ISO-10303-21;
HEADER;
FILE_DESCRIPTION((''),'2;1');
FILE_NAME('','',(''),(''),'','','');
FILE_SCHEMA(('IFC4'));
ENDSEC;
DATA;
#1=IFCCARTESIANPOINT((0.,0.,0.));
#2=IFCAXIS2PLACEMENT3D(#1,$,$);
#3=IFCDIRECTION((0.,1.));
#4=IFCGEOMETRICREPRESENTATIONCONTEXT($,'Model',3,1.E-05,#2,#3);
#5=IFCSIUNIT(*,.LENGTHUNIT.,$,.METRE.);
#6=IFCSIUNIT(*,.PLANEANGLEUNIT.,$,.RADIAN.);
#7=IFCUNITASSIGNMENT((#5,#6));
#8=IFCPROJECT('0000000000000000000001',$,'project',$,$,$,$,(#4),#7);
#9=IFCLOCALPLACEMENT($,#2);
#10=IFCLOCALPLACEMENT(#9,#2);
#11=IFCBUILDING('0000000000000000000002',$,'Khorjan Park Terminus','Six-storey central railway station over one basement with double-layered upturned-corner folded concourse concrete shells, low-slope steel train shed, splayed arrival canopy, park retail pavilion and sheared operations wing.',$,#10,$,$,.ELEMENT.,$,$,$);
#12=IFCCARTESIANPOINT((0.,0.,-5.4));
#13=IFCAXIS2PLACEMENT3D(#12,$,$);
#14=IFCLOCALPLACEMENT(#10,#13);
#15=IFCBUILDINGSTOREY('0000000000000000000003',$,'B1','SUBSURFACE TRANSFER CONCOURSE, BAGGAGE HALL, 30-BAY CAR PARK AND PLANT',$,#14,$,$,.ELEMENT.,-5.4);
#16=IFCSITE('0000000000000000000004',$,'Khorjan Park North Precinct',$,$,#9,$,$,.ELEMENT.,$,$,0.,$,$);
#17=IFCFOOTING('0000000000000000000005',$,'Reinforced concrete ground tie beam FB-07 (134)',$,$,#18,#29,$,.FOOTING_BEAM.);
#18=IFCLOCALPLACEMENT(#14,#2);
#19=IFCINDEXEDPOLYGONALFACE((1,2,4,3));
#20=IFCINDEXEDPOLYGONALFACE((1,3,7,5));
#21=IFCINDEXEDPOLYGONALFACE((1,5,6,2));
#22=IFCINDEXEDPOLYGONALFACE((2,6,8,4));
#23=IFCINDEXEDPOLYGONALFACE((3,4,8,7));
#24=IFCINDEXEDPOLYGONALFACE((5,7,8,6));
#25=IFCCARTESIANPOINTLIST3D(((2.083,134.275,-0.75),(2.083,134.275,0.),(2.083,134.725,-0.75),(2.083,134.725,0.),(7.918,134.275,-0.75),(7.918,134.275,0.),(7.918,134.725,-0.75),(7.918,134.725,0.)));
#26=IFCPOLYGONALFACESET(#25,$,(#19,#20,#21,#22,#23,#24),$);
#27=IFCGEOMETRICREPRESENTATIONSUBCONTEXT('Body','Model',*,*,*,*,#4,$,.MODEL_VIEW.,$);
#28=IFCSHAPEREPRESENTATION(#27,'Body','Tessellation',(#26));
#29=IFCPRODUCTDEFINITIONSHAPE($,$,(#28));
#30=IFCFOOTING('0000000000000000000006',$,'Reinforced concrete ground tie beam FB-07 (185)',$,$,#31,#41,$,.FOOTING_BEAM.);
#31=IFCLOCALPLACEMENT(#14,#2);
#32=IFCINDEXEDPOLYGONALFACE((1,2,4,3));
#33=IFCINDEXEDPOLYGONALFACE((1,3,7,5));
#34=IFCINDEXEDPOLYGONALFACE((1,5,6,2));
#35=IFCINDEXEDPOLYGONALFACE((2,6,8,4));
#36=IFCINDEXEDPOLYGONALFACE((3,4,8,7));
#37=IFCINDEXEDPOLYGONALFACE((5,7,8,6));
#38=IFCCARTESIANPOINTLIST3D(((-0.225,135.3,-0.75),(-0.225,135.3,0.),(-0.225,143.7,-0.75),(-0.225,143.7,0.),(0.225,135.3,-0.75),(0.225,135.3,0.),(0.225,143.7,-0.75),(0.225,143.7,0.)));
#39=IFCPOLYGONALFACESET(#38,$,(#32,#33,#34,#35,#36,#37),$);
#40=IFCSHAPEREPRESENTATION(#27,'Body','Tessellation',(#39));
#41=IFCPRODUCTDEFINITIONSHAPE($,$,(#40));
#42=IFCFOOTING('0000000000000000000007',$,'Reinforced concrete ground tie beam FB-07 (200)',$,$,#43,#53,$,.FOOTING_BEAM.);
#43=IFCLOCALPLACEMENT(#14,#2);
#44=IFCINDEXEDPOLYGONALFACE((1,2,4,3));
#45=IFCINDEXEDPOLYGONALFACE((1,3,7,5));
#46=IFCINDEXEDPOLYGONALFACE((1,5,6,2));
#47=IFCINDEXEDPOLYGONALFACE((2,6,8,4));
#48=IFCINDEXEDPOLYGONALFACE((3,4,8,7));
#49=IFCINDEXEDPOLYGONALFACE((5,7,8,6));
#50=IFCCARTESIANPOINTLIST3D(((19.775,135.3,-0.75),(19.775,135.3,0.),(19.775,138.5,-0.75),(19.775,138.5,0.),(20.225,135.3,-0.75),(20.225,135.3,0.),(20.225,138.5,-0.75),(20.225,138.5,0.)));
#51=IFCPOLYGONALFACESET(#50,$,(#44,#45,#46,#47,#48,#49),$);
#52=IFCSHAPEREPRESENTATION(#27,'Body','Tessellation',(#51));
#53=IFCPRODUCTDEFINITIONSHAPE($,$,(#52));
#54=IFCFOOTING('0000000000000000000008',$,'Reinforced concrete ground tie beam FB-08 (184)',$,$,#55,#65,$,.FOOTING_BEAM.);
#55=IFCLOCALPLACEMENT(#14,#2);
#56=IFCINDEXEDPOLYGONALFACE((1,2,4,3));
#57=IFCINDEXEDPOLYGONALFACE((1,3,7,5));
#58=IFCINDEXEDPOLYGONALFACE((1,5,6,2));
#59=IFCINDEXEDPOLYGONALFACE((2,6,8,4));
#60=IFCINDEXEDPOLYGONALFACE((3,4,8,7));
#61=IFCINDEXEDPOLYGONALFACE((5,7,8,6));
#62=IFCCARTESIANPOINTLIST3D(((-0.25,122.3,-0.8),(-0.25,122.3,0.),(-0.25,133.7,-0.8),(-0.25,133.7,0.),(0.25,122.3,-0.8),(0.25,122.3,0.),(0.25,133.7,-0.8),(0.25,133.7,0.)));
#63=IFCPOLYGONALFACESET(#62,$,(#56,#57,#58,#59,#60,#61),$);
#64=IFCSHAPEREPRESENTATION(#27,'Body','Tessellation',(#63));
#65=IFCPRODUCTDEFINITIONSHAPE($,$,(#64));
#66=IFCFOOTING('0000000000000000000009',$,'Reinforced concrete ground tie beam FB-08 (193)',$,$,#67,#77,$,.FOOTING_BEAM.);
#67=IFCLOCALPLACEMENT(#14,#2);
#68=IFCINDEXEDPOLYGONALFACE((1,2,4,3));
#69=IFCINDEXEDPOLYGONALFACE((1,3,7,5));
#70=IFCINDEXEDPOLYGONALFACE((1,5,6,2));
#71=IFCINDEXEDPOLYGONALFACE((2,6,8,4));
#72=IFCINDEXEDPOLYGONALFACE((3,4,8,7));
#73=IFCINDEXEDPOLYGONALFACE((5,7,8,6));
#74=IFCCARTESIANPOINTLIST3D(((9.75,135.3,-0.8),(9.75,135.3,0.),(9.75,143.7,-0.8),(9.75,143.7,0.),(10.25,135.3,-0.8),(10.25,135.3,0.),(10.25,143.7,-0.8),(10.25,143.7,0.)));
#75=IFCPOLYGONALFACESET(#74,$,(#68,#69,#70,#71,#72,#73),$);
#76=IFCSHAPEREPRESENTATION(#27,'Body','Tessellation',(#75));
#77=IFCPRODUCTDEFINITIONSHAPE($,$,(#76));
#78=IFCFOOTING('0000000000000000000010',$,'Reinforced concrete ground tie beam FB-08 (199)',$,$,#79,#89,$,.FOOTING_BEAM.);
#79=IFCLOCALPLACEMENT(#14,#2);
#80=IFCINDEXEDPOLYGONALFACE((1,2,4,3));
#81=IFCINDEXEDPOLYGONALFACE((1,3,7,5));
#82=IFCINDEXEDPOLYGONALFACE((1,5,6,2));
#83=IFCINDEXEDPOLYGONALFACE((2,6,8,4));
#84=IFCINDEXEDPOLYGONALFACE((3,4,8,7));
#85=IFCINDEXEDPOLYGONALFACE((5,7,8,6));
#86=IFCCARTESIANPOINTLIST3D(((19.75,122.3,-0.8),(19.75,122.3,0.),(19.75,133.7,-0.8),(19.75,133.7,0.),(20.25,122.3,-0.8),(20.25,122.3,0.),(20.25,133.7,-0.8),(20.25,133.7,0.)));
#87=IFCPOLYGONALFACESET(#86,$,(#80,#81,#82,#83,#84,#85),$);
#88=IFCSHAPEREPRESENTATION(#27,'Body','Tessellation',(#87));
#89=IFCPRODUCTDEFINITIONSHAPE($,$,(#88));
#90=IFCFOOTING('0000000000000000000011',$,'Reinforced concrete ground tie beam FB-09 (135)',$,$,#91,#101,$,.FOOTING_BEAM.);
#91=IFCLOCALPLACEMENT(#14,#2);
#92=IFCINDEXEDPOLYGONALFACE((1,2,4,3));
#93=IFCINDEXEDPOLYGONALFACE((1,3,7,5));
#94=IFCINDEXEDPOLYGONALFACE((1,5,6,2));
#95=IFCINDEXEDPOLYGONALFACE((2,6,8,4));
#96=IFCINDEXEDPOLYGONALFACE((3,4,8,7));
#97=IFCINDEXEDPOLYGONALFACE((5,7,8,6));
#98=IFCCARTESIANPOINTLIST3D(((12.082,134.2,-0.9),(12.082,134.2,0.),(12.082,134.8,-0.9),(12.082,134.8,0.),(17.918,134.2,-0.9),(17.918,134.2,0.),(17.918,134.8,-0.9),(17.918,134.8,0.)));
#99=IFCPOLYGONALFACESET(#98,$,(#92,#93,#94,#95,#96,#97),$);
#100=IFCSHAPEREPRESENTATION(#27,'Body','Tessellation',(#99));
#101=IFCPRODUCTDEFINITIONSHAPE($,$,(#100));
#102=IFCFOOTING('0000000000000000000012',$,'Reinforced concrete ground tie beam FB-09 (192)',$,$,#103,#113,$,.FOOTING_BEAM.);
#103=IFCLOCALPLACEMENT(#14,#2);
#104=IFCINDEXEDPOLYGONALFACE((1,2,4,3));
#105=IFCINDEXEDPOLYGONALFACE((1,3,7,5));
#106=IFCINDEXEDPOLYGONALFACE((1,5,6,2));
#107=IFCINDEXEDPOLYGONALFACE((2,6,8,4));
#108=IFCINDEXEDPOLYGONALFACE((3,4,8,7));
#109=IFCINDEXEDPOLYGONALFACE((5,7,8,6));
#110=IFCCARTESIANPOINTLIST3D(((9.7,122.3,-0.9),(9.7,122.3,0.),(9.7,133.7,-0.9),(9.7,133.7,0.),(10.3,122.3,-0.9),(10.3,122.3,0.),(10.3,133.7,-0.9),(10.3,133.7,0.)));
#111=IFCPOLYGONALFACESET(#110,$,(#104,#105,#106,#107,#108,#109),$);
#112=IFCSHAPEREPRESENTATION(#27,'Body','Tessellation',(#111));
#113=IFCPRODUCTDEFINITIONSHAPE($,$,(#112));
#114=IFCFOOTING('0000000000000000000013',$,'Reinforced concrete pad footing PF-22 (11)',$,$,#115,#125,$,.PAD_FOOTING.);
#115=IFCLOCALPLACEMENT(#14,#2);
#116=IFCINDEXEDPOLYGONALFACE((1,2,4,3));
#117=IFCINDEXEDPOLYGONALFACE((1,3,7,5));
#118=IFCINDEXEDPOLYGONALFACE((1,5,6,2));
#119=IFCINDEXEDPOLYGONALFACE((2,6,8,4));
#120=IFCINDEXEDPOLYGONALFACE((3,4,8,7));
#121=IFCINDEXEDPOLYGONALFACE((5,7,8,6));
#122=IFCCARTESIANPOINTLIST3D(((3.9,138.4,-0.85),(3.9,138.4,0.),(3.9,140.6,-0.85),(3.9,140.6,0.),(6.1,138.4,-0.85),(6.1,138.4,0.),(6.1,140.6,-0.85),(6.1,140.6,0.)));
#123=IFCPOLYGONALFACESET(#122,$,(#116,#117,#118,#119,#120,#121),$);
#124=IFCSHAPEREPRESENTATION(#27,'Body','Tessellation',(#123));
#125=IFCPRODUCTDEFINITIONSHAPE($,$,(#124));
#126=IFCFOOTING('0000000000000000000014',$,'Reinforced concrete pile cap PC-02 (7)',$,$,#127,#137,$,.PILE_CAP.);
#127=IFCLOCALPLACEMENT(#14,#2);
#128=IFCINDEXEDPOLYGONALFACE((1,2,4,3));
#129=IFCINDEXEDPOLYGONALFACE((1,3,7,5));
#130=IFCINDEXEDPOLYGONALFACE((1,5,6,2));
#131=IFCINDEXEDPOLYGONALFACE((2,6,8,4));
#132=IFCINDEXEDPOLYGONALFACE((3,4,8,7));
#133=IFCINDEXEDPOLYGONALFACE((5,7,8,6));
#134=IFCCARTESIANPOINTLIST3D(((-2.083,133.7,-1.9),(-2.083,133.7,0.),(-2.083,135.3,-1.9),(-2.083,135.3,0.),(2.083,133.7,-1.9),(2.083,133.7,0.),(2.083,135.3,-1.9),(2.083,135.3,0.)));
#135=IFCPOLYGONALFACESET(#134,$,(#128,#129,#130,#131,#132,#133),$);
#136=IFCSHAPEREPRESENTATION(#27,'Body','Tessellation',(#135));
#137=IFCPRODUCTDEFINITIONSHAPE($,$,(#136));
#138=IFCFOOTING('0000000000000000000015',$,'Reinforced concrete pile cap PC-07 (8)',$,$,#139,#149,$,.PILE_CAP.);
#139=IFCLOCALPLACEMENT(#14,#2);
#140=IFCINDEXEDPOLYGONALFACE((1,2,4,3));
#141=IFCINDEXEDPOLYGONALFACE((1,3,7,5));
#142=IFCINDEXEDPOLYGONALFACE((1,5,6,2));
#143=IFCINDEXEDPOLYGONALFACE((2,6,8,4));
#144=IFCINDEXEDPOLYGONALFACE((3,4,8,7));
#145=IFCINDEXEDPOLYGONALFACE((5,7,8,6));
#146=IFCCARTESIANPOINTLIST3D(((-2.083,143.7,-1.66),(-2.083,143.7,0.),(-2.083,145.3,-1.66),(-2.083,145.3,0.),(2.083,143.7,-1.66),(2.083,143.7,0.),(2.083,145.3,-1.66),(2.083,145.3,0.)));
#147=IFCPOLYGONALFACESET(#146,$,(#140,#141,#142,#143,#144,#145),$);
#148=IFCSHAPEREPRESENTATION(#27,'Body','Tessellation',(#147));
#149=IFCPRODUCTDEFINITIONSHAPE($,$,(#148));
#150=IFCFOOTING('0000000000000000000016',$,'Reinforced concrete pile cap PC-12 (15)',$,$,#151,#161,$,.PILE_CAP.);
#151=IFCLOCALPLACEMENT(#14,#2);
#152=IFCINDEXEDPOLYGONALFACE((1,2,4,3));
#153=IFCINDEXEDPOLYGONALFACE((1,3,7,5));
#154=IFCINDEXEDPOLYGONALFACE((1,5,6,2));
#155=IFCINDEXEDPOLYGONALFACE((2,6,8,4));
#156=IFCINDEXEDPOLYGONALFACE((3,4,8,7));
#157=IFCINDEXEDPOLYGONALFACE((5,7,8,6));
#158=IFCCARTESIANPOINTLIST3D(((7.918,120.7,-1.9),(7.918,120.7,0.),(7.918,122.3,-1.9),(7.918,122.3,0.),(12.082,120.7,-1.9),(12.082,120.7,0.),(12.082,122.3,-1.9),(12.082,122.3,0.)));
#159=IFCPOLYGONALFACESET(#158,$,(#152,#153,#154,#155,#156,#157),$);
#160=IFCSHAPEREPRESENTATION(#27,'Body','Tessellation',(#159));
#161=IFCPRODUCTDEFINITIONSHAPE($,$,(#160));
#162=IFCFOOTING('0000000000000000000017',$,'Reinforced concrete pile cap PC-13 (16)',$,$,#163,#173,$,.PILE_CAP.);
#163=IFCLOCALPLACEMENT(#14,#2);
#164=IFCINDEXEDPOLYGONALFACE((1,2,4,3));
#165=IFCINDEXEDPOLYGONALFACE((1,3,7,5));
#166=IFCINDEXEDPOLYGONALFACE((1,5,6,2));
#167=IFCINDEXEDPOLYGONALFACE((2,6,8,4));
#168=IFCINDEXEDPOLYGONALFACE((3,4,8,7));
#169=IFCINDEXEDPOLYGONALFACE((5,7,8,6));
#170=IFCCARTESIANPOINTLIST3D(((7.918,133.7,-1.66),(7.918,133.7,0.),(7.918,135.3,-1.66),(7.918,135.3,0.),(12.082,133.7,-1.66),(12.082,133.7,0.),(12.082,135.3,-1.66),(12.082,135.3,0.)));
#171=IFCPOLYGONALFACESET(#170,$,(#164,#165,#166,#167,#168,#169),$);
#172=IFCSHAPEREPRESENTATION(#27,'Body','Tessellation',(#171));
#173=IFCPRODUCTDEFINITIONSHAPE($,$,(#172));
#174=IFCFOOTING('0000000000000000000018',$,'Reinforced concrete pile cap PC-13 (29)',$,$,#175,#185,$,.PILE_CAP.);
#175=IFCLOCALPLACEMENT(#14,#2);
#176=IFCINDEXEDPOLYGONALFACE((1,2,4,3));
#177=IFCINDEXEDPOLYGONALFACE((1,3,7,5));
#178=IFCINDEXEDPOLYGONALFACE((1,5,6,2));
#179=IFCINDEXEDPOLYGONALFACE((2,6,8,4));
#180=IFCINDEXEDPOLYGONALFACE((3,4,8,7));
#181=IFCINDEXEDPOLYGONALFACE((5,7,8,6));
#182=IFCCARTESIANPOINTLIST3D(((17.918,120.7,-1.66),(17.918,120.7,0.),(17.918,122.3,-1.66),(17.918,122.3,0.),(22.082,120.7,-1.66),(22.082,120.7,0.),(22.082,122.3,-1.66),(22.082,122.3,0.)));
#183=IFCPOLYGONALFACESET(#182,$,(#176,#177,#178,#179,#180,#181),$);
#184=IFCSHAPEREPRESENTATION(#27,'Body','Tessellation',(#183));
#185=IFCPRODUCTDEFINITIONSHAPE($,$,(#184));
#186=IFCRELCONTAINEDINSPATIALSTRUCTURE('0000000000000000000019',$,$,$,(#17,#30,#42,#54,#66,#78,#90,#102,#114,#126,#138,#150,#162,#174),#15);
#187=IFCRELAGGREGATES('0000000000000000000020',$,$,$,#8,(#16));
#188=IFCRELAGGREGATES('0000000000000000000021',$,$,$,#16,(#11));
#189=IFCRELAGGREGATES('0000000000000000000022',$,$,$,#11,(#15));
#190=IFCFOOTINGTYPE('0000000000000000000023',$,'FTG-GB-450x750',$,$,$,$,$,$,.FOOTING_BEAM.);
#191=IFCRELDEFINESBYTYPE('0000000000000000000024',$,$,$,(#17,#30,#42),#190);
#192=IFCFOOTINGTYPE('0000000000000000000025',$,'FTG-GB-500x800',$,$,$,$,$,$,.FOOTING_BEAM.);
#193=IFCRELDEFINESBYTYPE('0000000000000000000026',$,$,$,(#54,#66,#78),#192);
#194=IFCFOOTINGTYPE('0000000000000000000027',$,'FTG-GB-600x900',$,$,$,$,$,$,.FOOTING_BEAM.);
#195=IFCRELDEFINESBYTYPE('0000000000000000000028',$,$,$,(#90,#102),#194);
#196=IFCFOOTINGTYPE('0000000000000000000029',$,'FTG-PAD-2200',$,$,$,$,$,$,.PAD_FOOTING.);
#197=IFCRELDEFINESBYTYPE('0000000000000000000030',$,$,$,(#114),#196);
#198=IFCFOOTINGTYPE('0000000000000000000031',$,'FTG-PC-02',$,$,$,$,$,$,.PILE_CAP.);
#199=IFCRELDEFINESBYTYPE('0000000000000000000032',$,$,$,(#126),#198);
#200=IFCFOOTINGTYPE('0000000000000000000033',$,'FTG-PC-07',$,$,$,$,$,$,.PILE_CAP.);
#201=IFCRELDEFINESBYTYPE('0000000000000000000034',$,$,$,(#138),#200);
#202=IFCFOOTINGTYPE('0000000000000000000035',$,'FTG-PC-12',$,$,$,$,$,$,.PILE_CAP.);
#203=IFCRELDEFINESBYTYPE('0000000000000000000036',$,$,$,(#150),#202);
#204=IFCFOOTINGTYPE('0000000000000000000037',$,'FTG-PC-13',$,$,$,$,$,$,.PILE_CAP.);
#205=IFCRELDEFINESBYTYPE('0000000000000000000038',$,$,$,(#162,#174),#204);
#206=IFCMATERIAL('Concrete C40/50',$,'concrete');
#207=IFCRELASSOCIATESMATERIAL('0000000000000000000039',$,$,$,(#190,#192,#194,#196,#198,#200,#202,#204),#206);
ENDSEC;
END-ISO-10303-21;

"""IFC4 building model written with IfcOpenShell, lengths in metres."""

from ifc_helpers import new_model, si_unit, direction, frame, origin, origin_2d, place, context, subcontext, project, spatial, rectangle, extrude, material, material_profile, profile_set, type_object, element, save


model = new_model("IFC4")

# Units and contexts
model_context = context("Model", 3, precision=1e-05, world=origin(), true_north=direction((0.0, 1.0)))
body_context = subcontext(model_context, "Body", "Model", "MODEL_VIEW")
ifc_project = project(units=[si_unit("LENGTHUNIT", "METRE"), si_unit("PLANEANGLEUNIT", "RADIAN")], contexts=[model_context])

# Site, building, storey
site_placement = place(None, origin())
site = spatial("IfcSite", under=ifc_project, at=site_placement, Name="Khorjan Park North Precinct", CompositionType="ELEMENT", RefElevation=0.0)
building_placement = place(site_placement, origin())
building = spatial("IfcBuilding", under=site, at=building_placement, Name="Khorjan Park Terminus", Description="Six-storey central railway station over one basement with double-layered upturned-corner folded concourse concrete shells, low-slope steel train shed, splayed arrival canopy, park retail pavilion and sheared operations wing.", CompositionType="ELEMENT")
storey_placement = place(building_placement, frame((0.0, 0.0, -5.4)))
storey = spatial("IfcBuildingStorey", under=building, at=storey_placement, Name="B1", Description="SUBSURFACE TRANSFER CONCOURSE, BAGGAGE HALL, 30-BAY CAR PARK AND PLANT", CompositionType="ELEMENT", Elevation=-5.4)

# Footings
ifc_material = material(Name="Concrete C40/50", Category="concrete")
ifc_material_profile_1 = material_profile(ifc_material, rectangle(XDim=0.45, YDim=0.75, at=origin_2d()), Name="RC 450x750")
ifc_profile_set_1 = profile_set([ifc_material_profile_1], Name="Concrete C40/50")
footing_type_1 = type_object("IfcFootingType", Name="FTG-GB-450x750", PredefinedType="FOOTING_BEAM", material=ifc_profile_set_1)
footing_1_placement = place(storey_placement, frame((2.083, 134.5, -0.375), z_axis=(1.0, 0.0, 0.0), x_axis=(0.0, 1.0, 0.0)))
element("IfcFooting", 1, at=footing_1_placement, inside=storey, type_object=footing_type_1, Name="Reinforced concrete ground tie beam FB-07 (134)", PredefinedType="FOOTING_BEAM", context=body_context, shape_type="SweptSolid", body=[
    extrude(rectangle(XDim=0.45, YDim=0.75, at=origin_2d()), origin(), (0.0, 0.0, 1.0), 5.835),
])
footing_2_placement = place(storey_placement, frame((0.0, 135.3, -0.375), z_axis=(0.0, 1.0, 0.0), x_axis=(-1.0, 0.0, 0.0)))
element("IfcFooting", 2, at=footing_2_placement, inside=storey, type_object=footing_type_1, Name="Reinforced concrete ground tie beam FB-07 (185)", PredefinedType="FOOTING_BEAM", context=body_context, shape_type="SweptSolid", body=[
    extrude(rectangle(XDim=0.45, YDim=0.75, at=origin_2d()), origin(), (0.0, 0.0, 1.0), 8.4),
])
footing_3_placement = place(storey_placement, frame((20.0, 135.3, -0.375), z_axis=(0.0, 1.0, 0.0), x_axis=(-1.0, 0.0, 0.0)))
element("IfcFooting", 3, at=footing_3_placement, inside=storey, type_object=footing_type_1, Name="Reinforced concrete ground tie beam FB-07 (200)", PredefinedType="FOOTING_BEAM", context=body_context, shape_type="SweptSolid", body=[
    extrude(rectangle(XDim=0.45, YDim=0.75, at=origin_2d()), origin(), (0.0, 0.0, 1.0), 3.2),
])
ifc_material_profile_2 = material_profile(ifc_material, rectangle(XDim=0.5, YDim=0.8, at=origin_2d()), Name="RC 500x800")
ifc_profile_set_2 = profile_set([ifc_material_profile_2], Name="Concrete C40/50")
footing_type_2 = type_object("IfcFootingType", Name="FTG-GB-500x800", PredefinedType="FOOTING_BEAM", material=ifc_profile_set_2)
footing_4_placement = place(storey_placement, frame((0.0, 122.3, -0.4), z_axis=(0.0, 1.0, 0.0), x_axis=(-1.0, 0.0, 0.0)))
element("IfcFooting", 4, at=footing_4_placement, inside=storey, type_object=footing_type_2, Name="Reinforced concrete ground tie beam FB-08 (184)", PredefinedType="FOOTING_BEAM", context=body_context, shape_type="SweptSolid", body=[
    extrude(rectangle(XDim=0.5, YDim=0.8, at=origin_2d()), origin(), (0.0, 0.0, 1.0), 11.4),
])
footing_5_placement = place(storey_placement, frame((10.0, 135.3, -0.4), z_axis=(0.0, 1.0, 0.0), x_axis=(-1.0, 0.0, 0.0)))
element("IfcFooting", 5, at=footing_5_placement, inside=storey, type_object=footing_type_2, Name="Reinforced concrete ground tie beam FB-08 (193)", PredefinedType="FOOTING_BEAM", context=body_context, shape_type="SweptSolid", body=[
    extrude(rectangle(XDim=0.5, YDim=0.8, at=origin_2d()), origin(), (0.0, 0.0, 1.0), 8.4),
])
footing_6_placement = place(storey_placement, frame((20.0, 122.3, -0.4), z_axis=(0.0, 1.0, 0.0), x_axis=(-1.0, 0.0, 0.0)))
element("IfcFooting", 6, at=footing_6_placement, inside=storey, type_object=footing_type_2, Name="Reinforced concrete ground tie beam FB-08 (199)", PredefinedType="FOOTING_BEAM", context=body_context, shape_type="SweptSolid", body=[
    extrude(rectangle(XDim=0.5, YDim=0.8, at=origin_2d()), origin(), (0.0, 0.0, 1.0), 11.4),
])
ifc_material_profile_3 = material_profile(ifc_material, rectangle(XDim=0.6, YDim=0.9, at=origin_2d()), Name="RC 600x900")
ifc_profile_set_3 = profile_set([ifc_material_profile_3], Name="Concrete C40/50")
footing_type_3 = type_object("IfcFootingType", Name="FTG-GB-600x900", PredefinedType="FOOTING_BEAM", material=ifc_profile_set_3)
footing_7_placement = place(storey_placement, frame((12.082, 134.5, -0.45), z_axis=(1.0, 0.0, 0.0), x_axis=(0.0, 1.0, 0.0)))
element("IfcFooting", 7, at=footing_7_placement, inside=storey, type_object=footing_type_3, Name="Reinforced concrete ground tie beam FB-09 (135)", PredefinedType="FOOTING_BEAM", context=body_context, shape_type="SweptSolid", body=[
    extrude(rectangle(XDim=0.6, YDim=0.9, at=origin_2d()), origin(), (0.0, 0.0, 1.0), 5.836),
])
footing_8_placement = place(storey_placement, frame((10.0, 122.3, -0.45), z_axis=(0.0, 1.0, 0.0), x_axis=(-1.0, 0.0, 0.0)))
element("IfcFooting", 8, at=footing_8_placement, inside=storey, type_object=footing_type_3, Name="Reinforced concrete ground tie beam FB-09 (192)", PredefinedType="FOOTING_BEAM", context=body_context, shape_type="SweptSolid", body=[
    extrude(rectangle(XDim=0.6, YDim=0.9, at=origin_2d()), origin(), (0.0, 0.0, 1.0), 11.4),
])
footing_type_4 = type_object("IfcFootingType", Name="FTG-PAD-2200", PredefinedType="PAD_FOOTING", material=ifc_material)
footing_9_placement = place(storey_placement, frame((5.0, 139.5, -0.85), z_axis=(0.0, 0.0, 1.0), x_axis=(1.0, 0.0, 0.0)))
element("IfcFooting", 9, at=footing_9_placement, inside=storey, type_object=footing_type_4, Name="Reinforced concrete pad footing PF-22 (11)", PredefinedType="PAD_FOOTING", context=body_context, shape_type="SweptSolid", body=[
    extrude(rectangle(XDim=2.2, YDim=2.2, at=origin_2d()), origin(), (0.0, 0.0, 1.0), 0.85),
])
footing_type_5 = type_object("IfcFootingType", Name="FTG-PC-02", PredefinedType="PILE_CAP", material=ifc_material)
footing_10_placement = place(storey_placement, frame((0.0, 134.5, -1.9), z_axis=(0.0, 0.0, 1.0), x_axis=(1.0, 0.0, 0.0)))
element("IfcFooting", 10, at=footing_10_placement, inside=storey, type_object=footing_type_5, Name="Reinforced concrete pile cap PC-02 (7)", PredefinedType="PILE_CAP", context=body_context, shape_type="SweptSolid", body=[
    extrude(rectangle(XDim=4.166, YDim=1.6, at=origin_2d()), origin(), (0.0, 0.0, 1.0), 1.9),
])
footing_type_6 = type_object("IfcFootingType", Name="FTG-PC-07", PredefinedType="PILE_CAP", material=ifc_material)
footing_11_placement = place(storey_placement, frame((0.0, 144.5, -1.66), z_axis=(0.0, 0.0, 1.0), x_axis=(1.0, 0.0, 0.0)))
element("IfcFooting", 11, at=footing_11_placement, inside=storey, type_object=footing_type_6, Name="Reinforced concrete pile cap PC-07 (8)", PredefinedType="PILE_CAP", context=body_context, shape_type="SweptSolid", body=[
    extrude(rectangle(XDim=4.166, YDim=1.6, at=origin_2d()), origin(), (0.0, 0.0, 1.0), 1.66),
])
footing_type_7 = type_object("IfcFootingType", Name="FTG-PC-12", PredefinedType="PILE_CAP", material=ifc_material)
footing_12_placement = place(storey_placement, frame((10.0, 121.5, -1.9), z_axis=(0.0, 0.0, 1.0), x_axis=(1.0, 0.0, 0.0)))
element("IfcFooting", 12, at=footing_12_placement, inside=storey, type_object=footing_type_7, Name="Reinforced concrete pile cap PC-12 (15)", PredefinedType="PILE_CAP", context=body_context, shape_type="SweptSolid", body=[
    extrude(rectangle(XDim=4.164, YDim=1.6, at=origin_2d()), origin(), (0.0, 0.0, 1.0), 1.9),
])
footing_type_8 = type_object("IfcFootingType", Name="FTG-PC-13", PredefinedType="PILE_CAP", material=ifc_material)
for number, where, z_axis, x_axis, name in (
    (13, (10.0, 134.5, -1.66), (0.0, 0.0, 1.0), (1.0, 0.0, 0.0), "Reinforced concrete pile cap PC-13 (16)"),
    (14, (20.0, 121.5, -1.66), (0.0, 0.0, 1.0), (1.0, 0.0, 0.0), "Reinforced concrete pile cap PC-13 (29)"),
):
    element("IfcFooting", number, at=place(storey_placement, frame(where, z_axis=z_axis, x_axis=x_axis)), inside=storey, type_object=footing_type_8, Name=name, PredefinedType="PILE_CAP", context=body_context, shape_type="SweptSolid", body=[
        extrude(rectangle(XDim=4.164, YDim=1.6, at=origin_2d()), origin(), (0.0, 0.0, 1.0), 1.66),
    ])

save(model, "model.ifc")
